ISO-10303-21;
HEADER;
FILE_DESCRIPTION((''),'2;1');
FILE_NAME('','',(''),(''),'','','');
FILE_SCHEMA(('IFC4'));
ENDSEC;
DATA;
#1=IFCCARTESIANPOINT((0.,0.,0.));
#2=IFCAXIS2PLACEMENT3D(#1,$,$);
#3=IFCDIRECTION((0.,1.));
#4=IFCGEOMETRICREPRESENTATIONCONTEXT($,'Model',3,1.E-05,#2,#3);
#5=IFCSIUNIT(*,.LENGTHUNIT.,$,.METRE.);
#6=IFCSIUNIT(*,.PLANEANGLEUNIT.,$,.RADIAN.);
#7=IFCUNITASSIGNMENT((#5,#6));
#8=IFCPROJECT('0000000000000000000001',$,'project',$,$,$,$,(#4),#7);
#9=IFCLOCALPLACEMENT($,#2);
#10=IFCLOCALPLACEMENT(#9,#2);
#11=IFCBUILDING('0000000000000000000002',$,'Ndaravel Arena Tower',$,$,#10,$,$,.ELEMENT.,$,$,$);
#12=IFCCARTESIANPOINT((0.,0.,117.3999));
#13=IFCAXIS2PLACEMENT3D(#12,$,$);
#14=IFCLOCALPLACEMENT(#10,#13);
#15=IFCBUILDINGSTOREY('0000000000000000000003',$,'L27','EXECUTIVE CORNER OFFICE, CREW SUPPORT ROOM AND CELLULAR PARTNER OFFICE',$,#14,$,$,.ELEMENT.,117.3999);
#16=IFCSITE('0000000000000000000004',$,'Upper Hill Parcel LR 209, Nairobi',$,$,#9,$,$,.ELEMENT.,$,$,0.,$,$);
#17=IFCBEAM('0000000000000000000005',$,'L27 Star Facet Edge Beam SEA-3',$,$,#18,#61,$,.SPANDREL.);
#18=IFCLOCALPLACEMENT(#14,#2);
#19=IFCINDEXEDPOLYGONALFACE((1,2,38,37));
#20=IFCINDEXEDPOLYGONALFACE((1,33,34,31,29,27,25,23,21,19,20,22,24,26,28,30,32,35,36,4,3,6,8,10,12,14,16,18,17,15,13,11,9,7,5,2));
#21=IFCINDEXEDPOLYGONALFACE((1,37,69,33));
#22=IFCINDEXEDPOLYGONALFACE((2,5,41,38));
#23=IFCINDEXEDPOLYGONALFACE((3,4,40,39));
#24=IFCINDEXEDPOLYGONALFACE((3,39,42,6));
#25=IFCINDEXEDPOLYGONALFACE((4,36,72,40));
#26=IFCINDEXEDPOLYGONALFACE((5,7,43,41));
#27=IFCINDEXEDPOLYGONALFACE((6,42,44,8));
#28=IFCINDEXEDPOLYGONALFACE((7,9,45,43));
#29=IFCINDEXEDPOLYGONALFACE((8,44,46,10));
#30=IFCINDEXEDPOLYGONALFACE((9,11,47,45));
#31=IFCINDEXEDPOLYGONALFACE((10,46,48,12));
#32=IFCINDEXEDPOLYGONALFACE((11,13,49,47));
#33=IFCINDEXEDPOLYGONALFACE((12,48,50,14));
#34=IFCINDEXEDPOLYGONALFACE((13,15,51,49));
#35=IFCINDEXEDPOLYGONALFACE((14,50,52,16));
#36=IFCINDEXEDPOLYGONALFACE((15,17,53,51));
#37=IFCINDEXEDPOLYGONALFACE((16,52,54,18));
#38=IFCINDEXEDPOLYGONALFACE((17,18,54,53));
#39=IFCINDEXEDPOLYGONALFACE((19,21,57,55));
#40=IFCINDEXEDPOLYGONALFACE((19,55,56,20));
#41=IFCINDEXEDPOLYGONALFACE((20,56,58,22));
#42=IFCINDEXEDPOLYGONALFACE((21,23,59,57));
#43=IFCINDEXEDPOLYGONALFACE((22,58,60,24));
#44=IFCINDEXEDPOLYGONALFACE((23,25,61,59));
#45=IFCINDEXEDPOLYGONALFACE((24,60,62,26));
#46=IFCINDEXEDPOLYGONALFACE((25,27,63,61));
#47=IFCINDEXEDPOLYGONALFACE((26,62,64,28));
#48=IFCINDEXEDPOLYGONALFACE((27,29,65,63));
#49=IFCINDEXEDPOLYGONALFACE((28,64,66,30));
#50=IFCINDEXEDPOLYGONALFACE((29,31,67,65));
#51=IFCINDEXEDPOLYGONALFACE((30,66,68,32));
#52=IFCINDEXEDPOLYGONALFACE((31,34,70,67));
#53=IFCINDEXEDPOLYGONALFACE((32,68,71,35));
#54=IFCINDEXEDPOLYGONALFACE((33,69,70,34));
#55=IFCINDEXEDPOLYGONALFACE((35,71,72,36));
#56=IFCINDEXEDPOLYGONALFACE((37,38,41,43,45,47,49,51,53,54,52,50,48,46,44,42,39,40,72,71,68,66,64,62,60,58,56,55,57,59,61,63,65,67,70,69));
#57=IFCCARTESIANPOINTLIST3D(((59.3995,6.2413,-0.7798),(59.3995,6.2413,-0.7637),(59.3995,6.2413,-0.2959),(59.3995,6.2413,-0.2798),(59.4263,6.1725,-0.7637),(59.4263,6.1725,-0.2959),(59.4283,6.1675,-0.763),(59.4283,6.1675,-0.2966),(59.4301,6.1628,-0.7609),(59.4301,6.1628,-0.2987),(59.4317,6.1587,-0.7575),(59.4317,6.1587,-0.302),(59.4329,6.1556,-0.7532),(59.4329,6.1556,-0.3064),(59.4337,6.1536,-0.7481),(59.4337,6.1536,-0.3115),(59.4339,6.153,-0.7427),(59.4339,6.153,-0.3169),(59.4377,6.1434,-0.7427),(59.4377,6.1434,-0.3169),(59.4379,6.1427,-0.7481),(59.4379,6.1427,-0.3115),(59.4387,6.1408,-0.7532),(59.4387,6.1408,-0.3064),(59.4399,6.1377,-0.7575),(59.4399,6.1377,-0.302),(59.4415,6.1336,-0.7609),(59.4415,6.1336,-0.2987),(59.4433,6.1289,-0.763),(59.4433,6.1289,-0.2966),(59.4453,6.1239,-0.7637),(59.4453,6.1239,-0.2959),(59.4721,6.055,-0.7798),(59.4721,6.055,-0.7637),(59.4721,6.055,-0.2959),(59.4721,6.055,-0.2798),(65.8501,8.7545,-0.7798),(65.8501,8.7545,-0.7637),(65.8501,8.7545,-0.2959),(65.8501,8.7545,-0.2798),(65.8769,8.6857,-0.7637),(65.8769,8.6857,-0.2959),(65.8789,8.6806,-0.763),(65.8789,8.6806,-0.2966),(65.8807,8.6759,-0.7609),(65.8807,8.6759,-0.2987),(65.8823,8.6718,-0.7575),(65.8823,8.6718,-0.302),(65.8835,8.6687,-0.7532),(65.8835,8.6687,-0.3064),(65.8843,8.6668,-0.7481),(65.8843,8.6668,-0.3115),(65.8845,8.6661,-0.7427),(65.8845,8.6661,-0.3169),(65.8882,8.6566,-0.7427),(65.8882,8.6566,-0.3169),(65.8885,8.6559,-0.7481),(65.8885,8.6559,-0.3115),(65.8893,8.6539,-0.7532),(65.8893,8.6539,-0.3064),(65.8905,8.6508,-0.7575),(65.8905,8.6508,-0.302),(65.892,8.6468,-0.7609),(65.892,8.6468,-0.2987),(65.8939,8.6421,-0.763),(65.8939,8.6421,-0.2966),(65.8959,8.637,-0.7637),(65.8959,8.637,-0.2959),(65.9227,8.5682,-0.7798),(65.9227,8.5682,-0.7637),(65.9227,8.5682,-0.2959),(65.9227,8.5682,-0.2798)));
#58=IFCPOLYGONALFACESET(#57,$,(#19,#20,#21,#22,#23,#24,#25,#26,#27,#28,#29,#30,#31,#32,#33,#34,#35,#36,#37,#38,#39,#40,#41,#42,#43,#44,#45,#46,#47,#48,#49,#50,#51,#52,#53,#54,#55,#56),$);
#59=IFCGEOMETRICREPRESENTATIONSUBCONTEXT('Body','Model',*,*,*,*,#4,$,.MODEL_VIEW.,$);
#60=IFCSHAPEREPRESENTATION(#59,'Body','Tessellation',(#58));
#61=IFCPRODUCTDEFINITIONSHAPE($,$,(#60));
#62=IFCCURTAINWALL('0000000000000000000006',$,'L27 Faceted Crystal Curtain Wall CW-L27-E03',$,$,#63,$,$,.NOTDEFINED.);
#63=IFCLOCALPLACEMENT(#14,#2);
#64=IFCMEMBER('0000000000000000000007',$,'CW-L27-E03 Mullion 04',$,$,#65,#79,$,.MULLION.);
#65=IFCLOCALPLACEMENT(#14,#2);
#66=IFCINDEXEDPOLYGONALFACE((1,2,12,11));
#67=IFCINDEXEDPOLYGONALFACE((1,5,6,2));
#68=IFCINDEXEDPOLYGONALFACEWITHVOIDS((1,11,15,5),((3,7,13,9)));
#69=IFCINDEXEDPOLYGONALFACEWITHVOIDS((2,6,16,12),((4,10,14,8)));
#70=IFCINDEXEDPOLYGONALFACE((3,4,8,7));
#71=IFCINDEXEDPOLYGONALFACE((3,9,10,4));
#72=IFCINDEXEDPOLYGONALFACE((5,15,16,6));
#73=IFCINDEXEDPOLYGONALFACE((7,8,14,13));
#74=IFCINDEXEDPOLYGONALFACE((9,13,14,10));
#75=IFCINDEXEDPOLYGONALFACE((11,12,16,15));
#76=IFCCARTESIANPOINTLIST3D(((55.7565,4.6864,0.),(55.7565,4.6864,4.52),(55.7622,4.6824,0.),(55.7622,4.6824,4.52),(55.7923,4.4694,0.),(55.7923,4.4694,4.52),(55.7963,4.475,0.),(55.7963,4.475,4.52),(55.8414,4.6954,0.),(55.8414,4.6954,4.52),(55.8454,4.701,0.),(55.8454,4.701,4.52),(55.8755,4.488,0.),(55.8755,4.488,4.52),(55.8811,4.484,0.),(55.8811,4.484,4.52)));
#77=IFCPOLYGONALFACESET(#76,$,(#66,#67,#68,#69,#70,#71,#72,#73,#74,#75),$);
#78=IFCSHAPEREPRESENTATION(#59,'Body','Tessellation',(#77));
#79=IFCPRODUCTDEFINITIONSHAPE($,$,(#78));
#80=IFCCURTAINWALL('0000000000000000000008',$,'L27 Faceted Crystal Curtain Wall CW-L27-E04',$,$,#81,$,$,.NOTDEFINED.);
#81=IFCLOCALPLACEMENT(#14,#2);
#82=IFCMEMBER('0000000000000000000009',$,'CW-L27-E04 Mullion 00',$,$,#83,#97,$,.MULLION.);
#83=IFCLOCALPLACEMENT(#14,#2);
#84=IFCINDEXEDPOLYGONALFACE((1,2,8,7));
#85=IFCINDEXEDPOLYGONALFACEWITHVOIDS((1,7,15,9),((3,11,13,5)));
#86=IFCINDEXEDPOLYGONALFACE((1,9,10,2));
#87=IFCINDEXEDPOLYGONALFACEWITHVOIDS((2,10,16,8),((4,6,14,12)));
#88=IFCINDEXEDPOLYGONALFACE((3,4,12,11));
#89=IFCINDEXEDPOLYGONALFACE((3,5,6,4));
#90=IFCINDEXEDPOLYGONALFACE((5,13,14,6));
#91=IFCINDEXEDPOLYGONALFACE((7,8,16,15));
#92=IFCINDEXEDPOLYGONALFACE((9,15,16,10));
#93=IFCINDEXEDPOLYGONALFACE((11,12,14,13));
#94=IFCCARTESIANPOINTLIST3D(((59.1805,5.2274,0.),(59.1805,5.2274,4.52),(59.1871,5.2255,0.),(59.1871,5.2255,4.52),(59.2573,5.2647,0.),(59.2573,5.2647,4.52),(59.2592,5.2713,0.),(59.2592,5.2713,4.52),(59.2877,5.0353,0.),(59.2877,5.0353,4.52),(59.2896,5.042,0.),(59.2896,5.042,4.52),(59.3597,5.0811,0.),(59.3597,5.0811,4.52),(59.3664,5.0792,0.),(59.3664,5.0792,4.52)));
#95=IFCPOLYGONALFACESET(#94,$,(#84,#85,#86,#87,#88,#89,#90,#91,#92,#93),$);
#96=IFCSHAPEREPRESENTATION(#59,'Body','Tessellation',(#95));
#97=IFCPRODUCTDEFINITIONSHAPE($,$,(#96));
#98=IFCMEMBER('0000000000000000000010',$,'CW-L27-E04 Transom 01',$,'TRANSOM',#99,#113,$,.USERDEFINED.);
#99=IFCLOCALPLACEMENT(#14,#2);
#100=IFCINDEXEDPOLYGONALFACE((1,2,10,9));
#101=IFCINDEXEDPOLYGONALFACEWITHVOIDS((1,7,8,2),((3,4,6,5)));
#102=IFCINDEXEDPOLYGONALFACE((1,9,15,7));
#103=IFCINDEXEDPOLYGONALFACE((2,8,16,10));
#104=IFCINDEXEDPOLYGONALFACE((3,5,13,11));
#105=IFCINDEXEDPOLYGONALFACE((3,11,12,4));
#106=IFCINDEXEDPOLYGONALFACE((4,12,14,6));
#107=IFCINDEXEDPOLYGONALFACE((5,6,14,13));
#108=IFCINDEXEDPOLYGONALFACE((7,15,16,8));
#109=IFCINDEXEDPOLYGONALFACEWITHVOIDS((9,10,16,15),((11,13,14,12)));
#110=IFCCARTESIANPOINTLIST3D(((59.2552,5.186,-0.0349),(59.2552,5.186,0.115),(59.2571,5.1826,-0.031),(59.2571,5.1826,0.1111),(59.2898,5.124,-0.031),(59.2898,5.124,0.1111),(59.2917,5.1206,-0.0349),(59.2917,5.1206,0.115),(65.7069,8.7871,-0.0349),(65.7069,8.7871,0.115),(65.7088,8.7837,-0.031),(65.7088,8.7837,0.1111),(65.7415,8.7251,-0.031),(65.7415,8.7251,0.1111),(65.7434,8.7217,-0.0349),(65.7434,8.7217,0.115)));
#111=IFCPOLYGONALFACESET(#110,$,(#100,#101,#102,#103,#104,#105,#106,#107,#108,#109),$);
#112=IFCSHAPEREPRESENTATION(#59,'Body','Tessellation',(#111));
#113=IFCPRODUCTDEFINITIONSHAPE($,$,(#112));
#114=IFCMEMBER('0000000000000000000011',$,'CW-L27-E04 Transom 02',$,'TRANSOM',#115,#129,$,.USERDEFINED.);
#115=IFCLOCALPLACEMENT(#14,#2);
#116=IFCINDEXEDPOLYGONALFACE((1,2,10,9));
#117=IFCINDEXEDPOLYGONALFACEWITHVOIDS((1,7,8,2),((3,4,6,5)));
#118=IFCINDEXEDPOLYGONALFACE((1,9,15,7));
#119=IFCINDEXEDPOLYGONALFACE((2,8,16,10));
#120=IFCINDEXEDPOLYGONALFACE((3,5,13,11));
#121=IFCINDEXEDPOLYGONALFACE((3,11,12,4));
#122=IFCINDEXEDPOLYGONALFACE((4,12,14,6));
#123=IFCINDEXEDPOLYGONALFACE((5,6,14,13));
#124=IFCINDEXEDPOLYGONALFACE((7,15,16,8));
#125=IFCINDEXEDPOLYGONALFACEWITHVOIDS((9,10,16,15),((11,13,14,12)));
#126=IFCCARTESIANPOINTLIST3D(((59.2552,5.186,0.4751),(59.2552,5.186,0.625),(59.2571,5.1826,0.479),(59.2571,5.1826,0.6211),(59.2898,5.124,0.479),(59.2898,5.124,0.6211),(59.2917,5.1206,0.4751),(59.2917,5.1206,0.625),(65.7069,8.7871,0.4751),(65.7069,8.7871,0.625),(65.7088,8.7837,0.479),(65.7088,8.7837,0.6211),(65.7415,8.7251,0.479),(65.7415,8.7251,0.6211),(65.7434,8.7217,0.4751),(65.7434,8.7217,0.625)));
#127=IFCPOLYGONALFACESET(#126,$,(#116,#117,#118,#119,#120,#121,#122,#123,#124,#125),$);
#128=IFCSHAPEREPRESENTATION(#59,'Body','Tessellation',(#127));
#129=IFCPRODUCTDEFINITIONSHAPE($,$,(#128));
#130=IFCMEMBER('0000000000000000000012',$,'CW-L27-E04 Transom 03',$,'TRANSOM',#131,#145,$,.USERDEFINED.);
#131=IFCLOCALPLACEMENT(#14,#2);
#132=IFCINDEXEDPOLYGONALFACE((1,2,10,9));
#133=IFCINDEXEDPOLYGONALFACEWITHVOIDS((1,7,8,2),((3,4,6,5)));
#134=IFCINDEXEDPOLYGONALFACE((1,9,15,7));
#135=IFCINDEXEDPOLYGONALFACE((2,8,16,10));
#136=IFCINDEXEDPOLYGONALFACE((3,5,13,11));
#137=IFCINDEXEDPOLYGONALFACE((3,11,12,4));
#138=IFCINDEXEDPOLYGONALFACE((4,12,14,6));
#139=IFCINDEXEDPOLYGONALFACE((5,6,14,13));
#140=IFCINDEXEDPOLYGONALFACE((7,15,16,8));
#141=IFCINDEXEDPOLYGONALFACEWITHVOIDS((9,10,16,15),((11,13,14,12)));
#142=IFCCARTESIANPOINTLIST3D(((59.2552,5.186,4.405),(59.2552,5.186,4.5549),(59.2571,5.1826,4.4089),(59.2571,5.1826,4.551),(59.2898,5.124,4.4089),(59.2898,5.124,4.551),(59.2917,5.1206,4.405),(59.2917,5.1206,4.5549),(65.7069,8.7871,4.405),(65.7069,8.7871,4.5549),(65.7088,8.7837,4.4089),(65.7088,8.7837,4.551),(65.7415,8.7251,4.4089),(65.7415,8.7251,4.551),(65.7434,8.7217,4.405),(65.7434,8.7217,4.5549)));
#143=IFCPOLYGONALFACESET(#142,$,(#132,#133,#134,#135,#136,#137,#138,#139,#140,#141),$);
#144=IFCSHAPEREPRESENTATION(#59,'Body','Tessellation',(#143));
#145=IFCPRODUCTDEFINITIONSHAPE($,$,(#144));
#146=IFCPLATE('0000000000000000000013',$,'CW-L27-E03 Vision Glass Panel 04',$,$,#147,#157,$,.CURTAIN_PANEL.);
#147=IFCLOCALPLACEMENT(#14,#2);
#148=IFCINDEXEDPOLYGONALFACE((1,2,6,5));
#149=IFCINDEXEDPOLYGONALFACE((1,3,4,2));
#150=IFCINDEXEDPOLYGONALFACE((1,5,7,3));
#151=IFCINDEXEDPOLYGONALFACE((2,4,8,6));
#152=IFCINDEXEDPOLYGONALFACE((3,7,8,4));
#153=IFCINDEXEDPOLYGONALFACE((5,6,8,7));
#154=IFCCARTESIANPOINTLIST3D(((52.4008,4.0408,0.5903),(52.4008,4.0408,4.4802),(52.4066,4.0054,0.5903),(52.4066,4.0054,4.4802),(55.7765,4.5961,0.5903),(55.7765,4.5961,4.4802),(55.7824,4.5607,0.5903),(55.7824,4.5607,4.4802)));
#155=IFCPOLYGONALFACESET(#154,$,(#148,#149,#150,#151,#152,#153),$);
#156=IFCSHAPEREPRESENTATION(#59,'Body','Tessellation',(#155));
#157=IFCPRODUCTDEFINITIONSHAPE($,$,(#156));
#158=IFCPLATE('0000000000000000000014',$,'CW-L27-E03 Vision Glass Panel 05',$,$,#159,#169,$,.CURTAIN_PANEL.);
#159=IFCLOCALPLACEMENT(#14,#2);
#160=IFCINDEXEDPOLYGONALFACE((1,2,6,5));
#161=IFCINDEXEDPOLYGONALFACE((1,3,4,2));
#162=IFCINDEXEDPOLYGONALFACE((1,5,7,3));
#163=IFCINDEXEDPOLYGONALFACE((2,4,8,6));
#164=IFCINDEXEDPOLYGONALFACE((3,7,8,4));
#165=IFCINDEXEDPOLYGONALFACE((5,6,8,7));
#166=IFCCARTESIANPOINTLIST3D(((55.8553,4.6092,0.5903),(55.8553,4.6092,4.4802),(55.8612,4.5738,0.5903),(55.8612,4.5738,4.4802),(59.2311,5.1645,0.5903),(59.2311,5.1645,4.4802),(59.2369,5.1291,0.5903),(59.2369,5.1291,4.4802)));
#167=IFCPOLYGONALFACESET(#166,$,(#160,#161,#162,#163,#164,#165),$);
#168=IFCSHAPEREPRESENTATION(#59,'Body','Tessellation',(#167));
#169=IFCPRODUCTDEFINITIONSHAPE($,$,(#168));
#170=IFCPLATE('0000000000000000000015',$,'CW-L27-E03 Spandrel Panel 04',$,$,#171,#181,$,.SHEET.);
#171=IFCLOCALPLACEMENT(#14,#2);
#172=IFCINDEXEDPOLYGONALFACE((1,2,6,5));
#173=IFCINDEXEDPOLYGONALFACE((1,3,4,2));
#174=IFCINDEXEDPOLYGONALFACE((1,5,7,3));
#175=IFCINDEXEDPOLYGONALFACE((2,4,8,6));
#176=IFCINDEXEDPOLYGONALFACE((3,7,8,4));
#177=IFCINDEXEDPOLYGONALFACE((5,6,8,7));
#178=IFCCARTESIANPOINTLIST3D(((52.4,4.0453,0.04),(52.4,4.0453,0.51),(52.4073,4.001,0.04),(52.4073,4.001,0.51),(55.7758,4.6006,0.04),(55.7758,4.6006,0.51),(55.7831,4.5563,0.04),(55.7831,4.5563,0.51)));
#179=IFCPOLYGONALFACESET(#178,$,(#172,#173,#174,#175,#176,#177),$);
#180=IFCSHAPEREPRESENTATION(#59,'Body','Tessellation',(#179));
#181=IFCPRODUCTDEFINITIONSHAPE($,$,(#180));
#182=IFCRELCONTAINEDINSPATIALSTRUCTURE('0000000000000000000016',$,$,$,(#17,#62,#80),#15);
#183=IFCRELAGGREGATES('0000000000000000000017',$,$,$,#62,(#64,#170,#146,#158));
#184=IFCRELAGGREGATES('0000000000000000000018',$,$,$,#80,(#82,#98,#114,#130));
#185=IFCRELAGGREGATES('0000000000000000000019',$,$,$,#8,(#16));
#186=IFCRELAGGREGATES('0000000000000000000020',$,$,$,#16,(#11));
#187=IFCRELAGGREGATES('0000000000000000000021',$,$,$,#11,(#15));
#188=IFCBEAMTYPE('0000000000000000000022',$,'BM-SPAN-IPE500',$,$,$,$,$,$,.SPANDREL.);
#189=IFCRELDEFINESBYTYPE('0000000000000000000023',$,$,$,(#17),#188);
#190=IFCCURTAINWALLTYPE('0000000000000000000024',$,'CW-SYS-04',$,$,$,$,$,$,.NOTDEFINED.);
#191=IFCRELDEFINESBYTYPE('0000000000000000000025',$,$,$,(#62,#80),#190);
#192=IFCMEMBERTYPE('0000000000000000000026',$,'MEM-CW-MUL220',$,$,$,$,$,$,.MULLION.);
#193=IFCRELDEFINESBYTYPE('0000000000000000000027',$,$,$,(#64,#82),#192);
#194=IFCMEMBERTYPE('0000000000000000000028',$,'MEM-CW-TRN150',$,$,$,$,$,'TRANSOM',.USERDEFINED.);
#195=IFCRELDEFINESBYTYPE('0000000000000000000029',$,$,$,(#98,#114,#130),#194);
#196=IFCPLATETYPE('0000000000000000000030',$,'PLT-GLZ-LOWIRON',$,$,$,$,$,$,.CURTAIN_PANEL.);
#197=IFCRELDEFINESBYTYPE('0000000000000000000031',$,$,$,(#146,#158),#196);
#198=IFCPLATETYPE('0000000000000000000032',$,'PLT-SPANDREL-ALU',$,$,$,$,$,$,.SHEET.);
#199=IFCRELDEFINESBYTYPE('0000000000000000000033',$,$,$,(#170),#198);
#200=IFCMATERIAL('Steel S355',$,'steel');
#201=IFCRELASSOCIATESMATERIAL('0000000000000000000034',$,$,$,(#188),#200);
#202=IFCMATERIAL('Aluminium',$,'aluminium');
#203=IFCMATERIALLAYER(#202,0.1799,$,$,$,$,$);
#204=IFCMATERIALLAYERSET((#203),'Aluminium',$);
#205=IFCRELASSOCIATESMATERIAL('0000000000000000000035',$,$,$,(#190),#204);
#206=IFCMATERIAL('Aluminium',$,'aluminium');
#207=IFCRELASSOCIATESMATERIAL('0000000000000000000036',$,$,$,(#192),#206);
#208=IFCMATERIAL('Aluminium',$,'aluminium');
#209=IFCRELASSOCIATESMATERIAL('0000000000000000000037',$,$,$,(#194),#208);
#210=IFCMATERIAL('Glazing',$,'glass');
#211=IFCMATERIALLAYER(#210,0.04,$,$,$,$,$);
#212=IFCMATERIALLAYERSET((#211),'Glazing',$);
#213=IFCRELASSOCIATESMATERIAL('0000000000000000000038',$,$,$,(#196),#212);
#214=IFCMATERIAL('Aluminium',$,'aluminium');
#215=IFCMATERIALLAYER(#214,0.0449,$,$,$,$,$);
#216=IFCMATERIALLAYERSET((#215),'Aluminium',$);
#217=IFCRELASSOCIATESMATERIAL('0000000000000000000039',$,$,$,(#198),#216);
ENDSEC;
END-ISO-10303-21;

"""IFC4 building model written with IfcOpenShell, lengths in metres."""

from ifc_helpers import new_model, si_unit, direction, frame, origin, origin_2d, place, context, subcontext, project, spatial, rectangle, hollow_rectangle, i_section, extrude, material, layer, layer_set, material_profile, profile_set, type_object, element, aggregate, save


model = new_model("IFC4")

# Units and contexts
model_context = context("Model", 3, precision=1e-05, world=origin(), true_north=direction((0.0, 1.0)))
body_context = subcontext(model_context, "Body", "Model", "MODEL_VIEW")
ifc_project = project(units=[si_unit("LENGTHUNIT", "METRE"), si_unit("PLANEANGLEUNIT", "RADIAN")], contexts=[model_context])

# Site, building, storey
site_placement = place(None, origin())
site = spatial("IfcSite", under=ifc_project, at=site_placement, Name="Upper Hill Parcel LR 209, Nairobi", CompositionType="ELEMENT", RefElevation=0.0)
building_placement = place(site_placement, origin())
building = spatial("IfcBuilding", under=site, at=building_placement, Name="Ndaravel Arena Tower", CompositionType="ELEMENT")
storey_placement = place(building_placement, frame((0.0, 0.0, 117.3999)))
storey = spatial("IfcBuildingStorey", under=building, at=storey_placement, Name="L27", Description="EXECUTIVE CORNER OFFICE, CREW SUPPORT ROOM AND CELLULAR PARTNER OFFICE", CompositionType="ELEMENT", Elevation=117.3999)

# Beam
ifc_material_1 = material(Name="Steel S355", Category="steel")
ifc_material_profile_1 = material_profile(ifc_material_1, i_section(OverallWidth=0.2, OverallDepth=0.5, WebThickness=0.0103, FlangeThickness=0.0161, FilletRadius=0.021, at=origin_2d()), Name="IPE 500")
ifc_profile_set_1 = profile_set([ifc_material_profile_1], Name="Steel S355")
beam_type_1 = type_object("IfcBeamType", Name="BM-SPAN-IPE500", PredefinedType="SPANDREL", material=ifc_profile_set_1)
beam_1_placement = place(storey_placement, frame((59.4358, 6.1482, -0.5298), z_axis=(0.931781, 0.363021, 0.0), x_axis=(-0.363021, 0.931781, 0.0)))
element("IfcBeam", 1, at=beam_1_placement, inside=storey, type_object=beam_type_1, Name="L27 Star Facet Edge Beam SEA-3", PredefinedType="SPANDREL", context=body_context, shape_type="SweptSolid", body=[
    extrude(i_section(OverallWidth=0.2, OverallDepth=0.5, WebThickness=0.0103, FlangeThickness=0.0161, FilletRadius=0.021, at=origin_2d()), origin(), (0.0, 0.0, 1.0), 6.9229),
])

# Curtain wall, member
ifc_material_2 = material(Name="Aluminium", Category="aluminium")
ifc_layer_1 = layer(ifc_material_2, 0.1799)
ifc_layer_set_1 = layer_set([ifc_layer_1], Name="Aluminium")
curtain_wall_type = type_object("IfcCurtainWallType", Name="CW-SYS-04", PredefinedType="NOTDEFINED", material=ifc_layer_set_1)
curtain_wall_1_placement = place(storey_placement, origin())
curtain_wall_1 = element("IfcCurtainWall", 2, at=curtain_wall_1_placement, inside=storey, type_object=curtain_wall_type, Name="L27 Faceted Crystal Curtain Wall CW-L27-E03", PredefinedType="NOTDEFINED")
ifc_material_3 = material(Name="Aluminium", Category="aluminium")
ifc_material_profile_2 = material_profile(ifc_material_3, hollow_rectangle(XDim=0.0901, YDim=0.22, WallThickness=0.0049, at=origin_2d()), Name="CW MULLION 90x220x5")
ifc_profile_set_2 = profile_set([ifc_material_profile_2], Name="Aluminium")
member_type_1 = type_object("IfcMemberType", Name="MEM-CW-MUL220", PredefinedType="MULLION", material=ifc_profile_set_2)
member_1_placement = place(storey_placement, frame((55.8188, 4.5852, 0.0), z_axis=(0.0, 0.0, 1.0), x_axis=(0.98674, 0.16231, 0.0)))
member_1 = element("IfcMember", 3, at=member_1_placement, type_object=member_type_1, Name="CW-L27-E03 Mullion 04", PredefinedType="MULLION", context=body_context, shape_type="SweptSolid", body=[
    extrude(hollow_rectangle(XDim=0.0901, YDim=0.22, WallThickness=0.0049, at=origin_2d()), origin(), (0.0, 0.0, 1.0), 4.52),
])

# Curtain wall, members
curtain_wall_2_placement = place(storey_placement, origin())
curtain_wall_2 = element("IfcCurtainWall", 4, at=curtain_wall_2_placement, inside=storey, type_object=curtain_wall_type, Name="L27 Faceted Crystal Curtain Wall CW-L27-E04", PredefinedType="NOTDEFINED")
member_2_placement = place(storey_placement, frame((59.2734, 5.1533, 0.0), z_axis=(0.0, 0.0, 1.0), x_axis=(0.873177, 0.487403, 0.0)))
member_2 = element("IfcMember", 5, at=member_2_placement, type_object=member_type_1, Name="CW-L27-E04 Mullion 00", PredefinedType="MULLION", context=body_context, shape_type="SweptSolid", body=[
    extrude(hollow_rectangle(XDim=0.0901, YDim=0.22, WallThickness=0.0049, at=origin_2d()), origin(), (0.0, 0.0, 1.0), 4.52),
])
ifc_material_4 = material(Name="Aluminium", Category="aluminium")
ifc_material_profile_3 = material_profile(ifc_material_4, hollow_rectangle(XDim=0.075, YDim=0.1499, WallThickness=0.0039, at=origin_2d()), Name="CW TRANSOM 75x150x4")
ifc_profile_set_3 = profile_set([ifc_material_profile_3], Name="Aluminium")
member_type_2 = type_object("IfcMemberType", Name="MEM-CW-TRN150", ElementType="TRANSOM", PredefinedType="USERDEFINED", material=ifc_profile_set_3)
member_3_placement = place(storey_placement, frame((59.2734, 5.1533, 0.04), z_axis=(0.873189, 0.487381, 0.0), x_axis=(-0.487381, 0.873189, 0.0)))
member_3 = element("IfcMember", 6, at=member_3_placement, type_object=member_type_2, Name="CW-L27-E04 Transom 01", ObjectType="TRANSOM", PredefinedType="USERDEFINED", context=body_context, shape_type="SweptSolid", body=[
    extrude(hollow_rectangle(XDim=0.075, YDim=0.1499, WallThickness=0.0039, at=origin_2d()), origin(), (0.0, 0.0, 1.0), 7.3887),
])
member_4_placement = place(storey_placement, frame((59.2734, 5.1533, 0.55), z_axis=(0.873189, 0.487381, 0.0), x_axis=(-0.487381, 0.873189, 0.0)))
member_4 = element("IfcMember", 7, at=member_4_placement, type_object=member_type_2, Name="CW-L27-E04 Transom 02", ObjectType="TRANSOM", PredefinedType="USERDEFINED", context=body_context, shape_type="SweptSolid", body=[
    extrude(hollow_rectangle(XDim=0.075, YDim=0.1499, WallThickness=0.0039, at=origin_2d()), origin(), (0.0, 0.0, 1.0), 7.3887),
])
member_5_placement = place(storey_placement, frame((59.2734, 5.1533, 4.48), z_axis=(0.873189, 0.487381, 0.0), x_axis=(-0.487381, 0.873189, 0.0)))
member_5 = element("IfcMember", 8, at=member_5_placement, type_object=member_type_2, Name="CW-L27-E04 Transom 03", ObjectType="TRANSOM", PredefinedType="USERDEFINED", context=body_context, shape_type="SweptSolid", body=[
    extrude(hollow_rectangle(XDim=0.075, YDim=0.1499, WallThickness=0.0039, at=origin_2d()), origin(), (0.0, 0.0, 1.0), 7.3887),
])

# Plates
ifc_material_5 = material(Name="Glazing", Category="glass")
ifc_layer_2 = layer(ifc_material_5, 0.04)
ifc_layer_set_2 = layer_set([ifc_layer_2], Name="Glazing")
plate_type_1 = type_object("IfcPlateType", Name="PLT-GLZ-LOWIRON", PredefinedType="CURTAIN_PANEL", material=ifc_layer_set_2)
plate_1_placement = place(storey_placement, frame((54.0916, 4.3008, 0.5903), z_axis=(0.0, 0.0, 1.0), x_axis=(0.98674, 0.16231, 0.0)))
plate_1 = element("IfcPlate", 9, at=plate_1_placement, type_object=plate_type_1, Name="CW-L27-E03 Vision Glass Panel 04", PredefinedType="CURTAIN_PANEL", context=body_context, shape_type="SweptSolid", body=[
    extrude(rectangle(XDim=3.4211, YDim=0.0359, at=origin_2d()), origin(), (0.0, 0.0, 1.0), 3.8899),
])
plate_2_placement = place(storey_placement, frame((57.5461, 4.8691, 0.5903), z_axis=(0.0, 0.0, 1.0), x_axis=(0.98674, 0.16231, 0.0)))
plate_2 = element("IfcPlate", 10, at=plate_2_placement, type_object=plate_type_1, Name="CW-L27-E03 Vision Glass Panel 05", PredefinedType="CURTAIN_PANEL", context=body_context, shape_type="SweptSolid", body=[
    extrude(rectangle(XDim=3.4211, YDim=0.0359, at=origin_2d()), origin(), (0.0, 0.0, 1.0), 3.8899),
])
ifc_material_6 = material(Name="Aluminium", Category="aluminium")
ifc_layer_3 = layer(ifc_material_6, 0.0449)
ifc_layer_set_3 = layer_set([ifc_layer_3], Name="Aluminium")
plate_type_2 = type_object("IfcPlateType", Name="PLT-SPANDREL-ALU", PredefinedType="SHEET", material=ifc_layer_set_3)
plate_3_placement = place(storey_placement, frame((54.0916, 4.3008, 0.04), z_axis=(0.0, 0.0, 1.0), x_axis=(0.98674, 0.16231, 0.0)))
plate_3 = element("IfcPlate", 11, at=plate_3_placement, type_object=plate_type_2, Name="CW-L27-E03 Spandrel Panel 04", PredefinedType="SHEET", context=body_context, shape_type="SweptSolid", body=[
    extrude(rectangle(XDim=3.4211, YDim=0.0449, at=origin_2d()), origin(), (0.0, 0.0, 1.0), 0.47),
])
aggregate(curtain_wall_1, [member_1, plate_3, plate_1, plate_2])
aggregate(curtain_wall_2, [member_2, member_3, member_4, member_5])

save(model, "model.ifc")
